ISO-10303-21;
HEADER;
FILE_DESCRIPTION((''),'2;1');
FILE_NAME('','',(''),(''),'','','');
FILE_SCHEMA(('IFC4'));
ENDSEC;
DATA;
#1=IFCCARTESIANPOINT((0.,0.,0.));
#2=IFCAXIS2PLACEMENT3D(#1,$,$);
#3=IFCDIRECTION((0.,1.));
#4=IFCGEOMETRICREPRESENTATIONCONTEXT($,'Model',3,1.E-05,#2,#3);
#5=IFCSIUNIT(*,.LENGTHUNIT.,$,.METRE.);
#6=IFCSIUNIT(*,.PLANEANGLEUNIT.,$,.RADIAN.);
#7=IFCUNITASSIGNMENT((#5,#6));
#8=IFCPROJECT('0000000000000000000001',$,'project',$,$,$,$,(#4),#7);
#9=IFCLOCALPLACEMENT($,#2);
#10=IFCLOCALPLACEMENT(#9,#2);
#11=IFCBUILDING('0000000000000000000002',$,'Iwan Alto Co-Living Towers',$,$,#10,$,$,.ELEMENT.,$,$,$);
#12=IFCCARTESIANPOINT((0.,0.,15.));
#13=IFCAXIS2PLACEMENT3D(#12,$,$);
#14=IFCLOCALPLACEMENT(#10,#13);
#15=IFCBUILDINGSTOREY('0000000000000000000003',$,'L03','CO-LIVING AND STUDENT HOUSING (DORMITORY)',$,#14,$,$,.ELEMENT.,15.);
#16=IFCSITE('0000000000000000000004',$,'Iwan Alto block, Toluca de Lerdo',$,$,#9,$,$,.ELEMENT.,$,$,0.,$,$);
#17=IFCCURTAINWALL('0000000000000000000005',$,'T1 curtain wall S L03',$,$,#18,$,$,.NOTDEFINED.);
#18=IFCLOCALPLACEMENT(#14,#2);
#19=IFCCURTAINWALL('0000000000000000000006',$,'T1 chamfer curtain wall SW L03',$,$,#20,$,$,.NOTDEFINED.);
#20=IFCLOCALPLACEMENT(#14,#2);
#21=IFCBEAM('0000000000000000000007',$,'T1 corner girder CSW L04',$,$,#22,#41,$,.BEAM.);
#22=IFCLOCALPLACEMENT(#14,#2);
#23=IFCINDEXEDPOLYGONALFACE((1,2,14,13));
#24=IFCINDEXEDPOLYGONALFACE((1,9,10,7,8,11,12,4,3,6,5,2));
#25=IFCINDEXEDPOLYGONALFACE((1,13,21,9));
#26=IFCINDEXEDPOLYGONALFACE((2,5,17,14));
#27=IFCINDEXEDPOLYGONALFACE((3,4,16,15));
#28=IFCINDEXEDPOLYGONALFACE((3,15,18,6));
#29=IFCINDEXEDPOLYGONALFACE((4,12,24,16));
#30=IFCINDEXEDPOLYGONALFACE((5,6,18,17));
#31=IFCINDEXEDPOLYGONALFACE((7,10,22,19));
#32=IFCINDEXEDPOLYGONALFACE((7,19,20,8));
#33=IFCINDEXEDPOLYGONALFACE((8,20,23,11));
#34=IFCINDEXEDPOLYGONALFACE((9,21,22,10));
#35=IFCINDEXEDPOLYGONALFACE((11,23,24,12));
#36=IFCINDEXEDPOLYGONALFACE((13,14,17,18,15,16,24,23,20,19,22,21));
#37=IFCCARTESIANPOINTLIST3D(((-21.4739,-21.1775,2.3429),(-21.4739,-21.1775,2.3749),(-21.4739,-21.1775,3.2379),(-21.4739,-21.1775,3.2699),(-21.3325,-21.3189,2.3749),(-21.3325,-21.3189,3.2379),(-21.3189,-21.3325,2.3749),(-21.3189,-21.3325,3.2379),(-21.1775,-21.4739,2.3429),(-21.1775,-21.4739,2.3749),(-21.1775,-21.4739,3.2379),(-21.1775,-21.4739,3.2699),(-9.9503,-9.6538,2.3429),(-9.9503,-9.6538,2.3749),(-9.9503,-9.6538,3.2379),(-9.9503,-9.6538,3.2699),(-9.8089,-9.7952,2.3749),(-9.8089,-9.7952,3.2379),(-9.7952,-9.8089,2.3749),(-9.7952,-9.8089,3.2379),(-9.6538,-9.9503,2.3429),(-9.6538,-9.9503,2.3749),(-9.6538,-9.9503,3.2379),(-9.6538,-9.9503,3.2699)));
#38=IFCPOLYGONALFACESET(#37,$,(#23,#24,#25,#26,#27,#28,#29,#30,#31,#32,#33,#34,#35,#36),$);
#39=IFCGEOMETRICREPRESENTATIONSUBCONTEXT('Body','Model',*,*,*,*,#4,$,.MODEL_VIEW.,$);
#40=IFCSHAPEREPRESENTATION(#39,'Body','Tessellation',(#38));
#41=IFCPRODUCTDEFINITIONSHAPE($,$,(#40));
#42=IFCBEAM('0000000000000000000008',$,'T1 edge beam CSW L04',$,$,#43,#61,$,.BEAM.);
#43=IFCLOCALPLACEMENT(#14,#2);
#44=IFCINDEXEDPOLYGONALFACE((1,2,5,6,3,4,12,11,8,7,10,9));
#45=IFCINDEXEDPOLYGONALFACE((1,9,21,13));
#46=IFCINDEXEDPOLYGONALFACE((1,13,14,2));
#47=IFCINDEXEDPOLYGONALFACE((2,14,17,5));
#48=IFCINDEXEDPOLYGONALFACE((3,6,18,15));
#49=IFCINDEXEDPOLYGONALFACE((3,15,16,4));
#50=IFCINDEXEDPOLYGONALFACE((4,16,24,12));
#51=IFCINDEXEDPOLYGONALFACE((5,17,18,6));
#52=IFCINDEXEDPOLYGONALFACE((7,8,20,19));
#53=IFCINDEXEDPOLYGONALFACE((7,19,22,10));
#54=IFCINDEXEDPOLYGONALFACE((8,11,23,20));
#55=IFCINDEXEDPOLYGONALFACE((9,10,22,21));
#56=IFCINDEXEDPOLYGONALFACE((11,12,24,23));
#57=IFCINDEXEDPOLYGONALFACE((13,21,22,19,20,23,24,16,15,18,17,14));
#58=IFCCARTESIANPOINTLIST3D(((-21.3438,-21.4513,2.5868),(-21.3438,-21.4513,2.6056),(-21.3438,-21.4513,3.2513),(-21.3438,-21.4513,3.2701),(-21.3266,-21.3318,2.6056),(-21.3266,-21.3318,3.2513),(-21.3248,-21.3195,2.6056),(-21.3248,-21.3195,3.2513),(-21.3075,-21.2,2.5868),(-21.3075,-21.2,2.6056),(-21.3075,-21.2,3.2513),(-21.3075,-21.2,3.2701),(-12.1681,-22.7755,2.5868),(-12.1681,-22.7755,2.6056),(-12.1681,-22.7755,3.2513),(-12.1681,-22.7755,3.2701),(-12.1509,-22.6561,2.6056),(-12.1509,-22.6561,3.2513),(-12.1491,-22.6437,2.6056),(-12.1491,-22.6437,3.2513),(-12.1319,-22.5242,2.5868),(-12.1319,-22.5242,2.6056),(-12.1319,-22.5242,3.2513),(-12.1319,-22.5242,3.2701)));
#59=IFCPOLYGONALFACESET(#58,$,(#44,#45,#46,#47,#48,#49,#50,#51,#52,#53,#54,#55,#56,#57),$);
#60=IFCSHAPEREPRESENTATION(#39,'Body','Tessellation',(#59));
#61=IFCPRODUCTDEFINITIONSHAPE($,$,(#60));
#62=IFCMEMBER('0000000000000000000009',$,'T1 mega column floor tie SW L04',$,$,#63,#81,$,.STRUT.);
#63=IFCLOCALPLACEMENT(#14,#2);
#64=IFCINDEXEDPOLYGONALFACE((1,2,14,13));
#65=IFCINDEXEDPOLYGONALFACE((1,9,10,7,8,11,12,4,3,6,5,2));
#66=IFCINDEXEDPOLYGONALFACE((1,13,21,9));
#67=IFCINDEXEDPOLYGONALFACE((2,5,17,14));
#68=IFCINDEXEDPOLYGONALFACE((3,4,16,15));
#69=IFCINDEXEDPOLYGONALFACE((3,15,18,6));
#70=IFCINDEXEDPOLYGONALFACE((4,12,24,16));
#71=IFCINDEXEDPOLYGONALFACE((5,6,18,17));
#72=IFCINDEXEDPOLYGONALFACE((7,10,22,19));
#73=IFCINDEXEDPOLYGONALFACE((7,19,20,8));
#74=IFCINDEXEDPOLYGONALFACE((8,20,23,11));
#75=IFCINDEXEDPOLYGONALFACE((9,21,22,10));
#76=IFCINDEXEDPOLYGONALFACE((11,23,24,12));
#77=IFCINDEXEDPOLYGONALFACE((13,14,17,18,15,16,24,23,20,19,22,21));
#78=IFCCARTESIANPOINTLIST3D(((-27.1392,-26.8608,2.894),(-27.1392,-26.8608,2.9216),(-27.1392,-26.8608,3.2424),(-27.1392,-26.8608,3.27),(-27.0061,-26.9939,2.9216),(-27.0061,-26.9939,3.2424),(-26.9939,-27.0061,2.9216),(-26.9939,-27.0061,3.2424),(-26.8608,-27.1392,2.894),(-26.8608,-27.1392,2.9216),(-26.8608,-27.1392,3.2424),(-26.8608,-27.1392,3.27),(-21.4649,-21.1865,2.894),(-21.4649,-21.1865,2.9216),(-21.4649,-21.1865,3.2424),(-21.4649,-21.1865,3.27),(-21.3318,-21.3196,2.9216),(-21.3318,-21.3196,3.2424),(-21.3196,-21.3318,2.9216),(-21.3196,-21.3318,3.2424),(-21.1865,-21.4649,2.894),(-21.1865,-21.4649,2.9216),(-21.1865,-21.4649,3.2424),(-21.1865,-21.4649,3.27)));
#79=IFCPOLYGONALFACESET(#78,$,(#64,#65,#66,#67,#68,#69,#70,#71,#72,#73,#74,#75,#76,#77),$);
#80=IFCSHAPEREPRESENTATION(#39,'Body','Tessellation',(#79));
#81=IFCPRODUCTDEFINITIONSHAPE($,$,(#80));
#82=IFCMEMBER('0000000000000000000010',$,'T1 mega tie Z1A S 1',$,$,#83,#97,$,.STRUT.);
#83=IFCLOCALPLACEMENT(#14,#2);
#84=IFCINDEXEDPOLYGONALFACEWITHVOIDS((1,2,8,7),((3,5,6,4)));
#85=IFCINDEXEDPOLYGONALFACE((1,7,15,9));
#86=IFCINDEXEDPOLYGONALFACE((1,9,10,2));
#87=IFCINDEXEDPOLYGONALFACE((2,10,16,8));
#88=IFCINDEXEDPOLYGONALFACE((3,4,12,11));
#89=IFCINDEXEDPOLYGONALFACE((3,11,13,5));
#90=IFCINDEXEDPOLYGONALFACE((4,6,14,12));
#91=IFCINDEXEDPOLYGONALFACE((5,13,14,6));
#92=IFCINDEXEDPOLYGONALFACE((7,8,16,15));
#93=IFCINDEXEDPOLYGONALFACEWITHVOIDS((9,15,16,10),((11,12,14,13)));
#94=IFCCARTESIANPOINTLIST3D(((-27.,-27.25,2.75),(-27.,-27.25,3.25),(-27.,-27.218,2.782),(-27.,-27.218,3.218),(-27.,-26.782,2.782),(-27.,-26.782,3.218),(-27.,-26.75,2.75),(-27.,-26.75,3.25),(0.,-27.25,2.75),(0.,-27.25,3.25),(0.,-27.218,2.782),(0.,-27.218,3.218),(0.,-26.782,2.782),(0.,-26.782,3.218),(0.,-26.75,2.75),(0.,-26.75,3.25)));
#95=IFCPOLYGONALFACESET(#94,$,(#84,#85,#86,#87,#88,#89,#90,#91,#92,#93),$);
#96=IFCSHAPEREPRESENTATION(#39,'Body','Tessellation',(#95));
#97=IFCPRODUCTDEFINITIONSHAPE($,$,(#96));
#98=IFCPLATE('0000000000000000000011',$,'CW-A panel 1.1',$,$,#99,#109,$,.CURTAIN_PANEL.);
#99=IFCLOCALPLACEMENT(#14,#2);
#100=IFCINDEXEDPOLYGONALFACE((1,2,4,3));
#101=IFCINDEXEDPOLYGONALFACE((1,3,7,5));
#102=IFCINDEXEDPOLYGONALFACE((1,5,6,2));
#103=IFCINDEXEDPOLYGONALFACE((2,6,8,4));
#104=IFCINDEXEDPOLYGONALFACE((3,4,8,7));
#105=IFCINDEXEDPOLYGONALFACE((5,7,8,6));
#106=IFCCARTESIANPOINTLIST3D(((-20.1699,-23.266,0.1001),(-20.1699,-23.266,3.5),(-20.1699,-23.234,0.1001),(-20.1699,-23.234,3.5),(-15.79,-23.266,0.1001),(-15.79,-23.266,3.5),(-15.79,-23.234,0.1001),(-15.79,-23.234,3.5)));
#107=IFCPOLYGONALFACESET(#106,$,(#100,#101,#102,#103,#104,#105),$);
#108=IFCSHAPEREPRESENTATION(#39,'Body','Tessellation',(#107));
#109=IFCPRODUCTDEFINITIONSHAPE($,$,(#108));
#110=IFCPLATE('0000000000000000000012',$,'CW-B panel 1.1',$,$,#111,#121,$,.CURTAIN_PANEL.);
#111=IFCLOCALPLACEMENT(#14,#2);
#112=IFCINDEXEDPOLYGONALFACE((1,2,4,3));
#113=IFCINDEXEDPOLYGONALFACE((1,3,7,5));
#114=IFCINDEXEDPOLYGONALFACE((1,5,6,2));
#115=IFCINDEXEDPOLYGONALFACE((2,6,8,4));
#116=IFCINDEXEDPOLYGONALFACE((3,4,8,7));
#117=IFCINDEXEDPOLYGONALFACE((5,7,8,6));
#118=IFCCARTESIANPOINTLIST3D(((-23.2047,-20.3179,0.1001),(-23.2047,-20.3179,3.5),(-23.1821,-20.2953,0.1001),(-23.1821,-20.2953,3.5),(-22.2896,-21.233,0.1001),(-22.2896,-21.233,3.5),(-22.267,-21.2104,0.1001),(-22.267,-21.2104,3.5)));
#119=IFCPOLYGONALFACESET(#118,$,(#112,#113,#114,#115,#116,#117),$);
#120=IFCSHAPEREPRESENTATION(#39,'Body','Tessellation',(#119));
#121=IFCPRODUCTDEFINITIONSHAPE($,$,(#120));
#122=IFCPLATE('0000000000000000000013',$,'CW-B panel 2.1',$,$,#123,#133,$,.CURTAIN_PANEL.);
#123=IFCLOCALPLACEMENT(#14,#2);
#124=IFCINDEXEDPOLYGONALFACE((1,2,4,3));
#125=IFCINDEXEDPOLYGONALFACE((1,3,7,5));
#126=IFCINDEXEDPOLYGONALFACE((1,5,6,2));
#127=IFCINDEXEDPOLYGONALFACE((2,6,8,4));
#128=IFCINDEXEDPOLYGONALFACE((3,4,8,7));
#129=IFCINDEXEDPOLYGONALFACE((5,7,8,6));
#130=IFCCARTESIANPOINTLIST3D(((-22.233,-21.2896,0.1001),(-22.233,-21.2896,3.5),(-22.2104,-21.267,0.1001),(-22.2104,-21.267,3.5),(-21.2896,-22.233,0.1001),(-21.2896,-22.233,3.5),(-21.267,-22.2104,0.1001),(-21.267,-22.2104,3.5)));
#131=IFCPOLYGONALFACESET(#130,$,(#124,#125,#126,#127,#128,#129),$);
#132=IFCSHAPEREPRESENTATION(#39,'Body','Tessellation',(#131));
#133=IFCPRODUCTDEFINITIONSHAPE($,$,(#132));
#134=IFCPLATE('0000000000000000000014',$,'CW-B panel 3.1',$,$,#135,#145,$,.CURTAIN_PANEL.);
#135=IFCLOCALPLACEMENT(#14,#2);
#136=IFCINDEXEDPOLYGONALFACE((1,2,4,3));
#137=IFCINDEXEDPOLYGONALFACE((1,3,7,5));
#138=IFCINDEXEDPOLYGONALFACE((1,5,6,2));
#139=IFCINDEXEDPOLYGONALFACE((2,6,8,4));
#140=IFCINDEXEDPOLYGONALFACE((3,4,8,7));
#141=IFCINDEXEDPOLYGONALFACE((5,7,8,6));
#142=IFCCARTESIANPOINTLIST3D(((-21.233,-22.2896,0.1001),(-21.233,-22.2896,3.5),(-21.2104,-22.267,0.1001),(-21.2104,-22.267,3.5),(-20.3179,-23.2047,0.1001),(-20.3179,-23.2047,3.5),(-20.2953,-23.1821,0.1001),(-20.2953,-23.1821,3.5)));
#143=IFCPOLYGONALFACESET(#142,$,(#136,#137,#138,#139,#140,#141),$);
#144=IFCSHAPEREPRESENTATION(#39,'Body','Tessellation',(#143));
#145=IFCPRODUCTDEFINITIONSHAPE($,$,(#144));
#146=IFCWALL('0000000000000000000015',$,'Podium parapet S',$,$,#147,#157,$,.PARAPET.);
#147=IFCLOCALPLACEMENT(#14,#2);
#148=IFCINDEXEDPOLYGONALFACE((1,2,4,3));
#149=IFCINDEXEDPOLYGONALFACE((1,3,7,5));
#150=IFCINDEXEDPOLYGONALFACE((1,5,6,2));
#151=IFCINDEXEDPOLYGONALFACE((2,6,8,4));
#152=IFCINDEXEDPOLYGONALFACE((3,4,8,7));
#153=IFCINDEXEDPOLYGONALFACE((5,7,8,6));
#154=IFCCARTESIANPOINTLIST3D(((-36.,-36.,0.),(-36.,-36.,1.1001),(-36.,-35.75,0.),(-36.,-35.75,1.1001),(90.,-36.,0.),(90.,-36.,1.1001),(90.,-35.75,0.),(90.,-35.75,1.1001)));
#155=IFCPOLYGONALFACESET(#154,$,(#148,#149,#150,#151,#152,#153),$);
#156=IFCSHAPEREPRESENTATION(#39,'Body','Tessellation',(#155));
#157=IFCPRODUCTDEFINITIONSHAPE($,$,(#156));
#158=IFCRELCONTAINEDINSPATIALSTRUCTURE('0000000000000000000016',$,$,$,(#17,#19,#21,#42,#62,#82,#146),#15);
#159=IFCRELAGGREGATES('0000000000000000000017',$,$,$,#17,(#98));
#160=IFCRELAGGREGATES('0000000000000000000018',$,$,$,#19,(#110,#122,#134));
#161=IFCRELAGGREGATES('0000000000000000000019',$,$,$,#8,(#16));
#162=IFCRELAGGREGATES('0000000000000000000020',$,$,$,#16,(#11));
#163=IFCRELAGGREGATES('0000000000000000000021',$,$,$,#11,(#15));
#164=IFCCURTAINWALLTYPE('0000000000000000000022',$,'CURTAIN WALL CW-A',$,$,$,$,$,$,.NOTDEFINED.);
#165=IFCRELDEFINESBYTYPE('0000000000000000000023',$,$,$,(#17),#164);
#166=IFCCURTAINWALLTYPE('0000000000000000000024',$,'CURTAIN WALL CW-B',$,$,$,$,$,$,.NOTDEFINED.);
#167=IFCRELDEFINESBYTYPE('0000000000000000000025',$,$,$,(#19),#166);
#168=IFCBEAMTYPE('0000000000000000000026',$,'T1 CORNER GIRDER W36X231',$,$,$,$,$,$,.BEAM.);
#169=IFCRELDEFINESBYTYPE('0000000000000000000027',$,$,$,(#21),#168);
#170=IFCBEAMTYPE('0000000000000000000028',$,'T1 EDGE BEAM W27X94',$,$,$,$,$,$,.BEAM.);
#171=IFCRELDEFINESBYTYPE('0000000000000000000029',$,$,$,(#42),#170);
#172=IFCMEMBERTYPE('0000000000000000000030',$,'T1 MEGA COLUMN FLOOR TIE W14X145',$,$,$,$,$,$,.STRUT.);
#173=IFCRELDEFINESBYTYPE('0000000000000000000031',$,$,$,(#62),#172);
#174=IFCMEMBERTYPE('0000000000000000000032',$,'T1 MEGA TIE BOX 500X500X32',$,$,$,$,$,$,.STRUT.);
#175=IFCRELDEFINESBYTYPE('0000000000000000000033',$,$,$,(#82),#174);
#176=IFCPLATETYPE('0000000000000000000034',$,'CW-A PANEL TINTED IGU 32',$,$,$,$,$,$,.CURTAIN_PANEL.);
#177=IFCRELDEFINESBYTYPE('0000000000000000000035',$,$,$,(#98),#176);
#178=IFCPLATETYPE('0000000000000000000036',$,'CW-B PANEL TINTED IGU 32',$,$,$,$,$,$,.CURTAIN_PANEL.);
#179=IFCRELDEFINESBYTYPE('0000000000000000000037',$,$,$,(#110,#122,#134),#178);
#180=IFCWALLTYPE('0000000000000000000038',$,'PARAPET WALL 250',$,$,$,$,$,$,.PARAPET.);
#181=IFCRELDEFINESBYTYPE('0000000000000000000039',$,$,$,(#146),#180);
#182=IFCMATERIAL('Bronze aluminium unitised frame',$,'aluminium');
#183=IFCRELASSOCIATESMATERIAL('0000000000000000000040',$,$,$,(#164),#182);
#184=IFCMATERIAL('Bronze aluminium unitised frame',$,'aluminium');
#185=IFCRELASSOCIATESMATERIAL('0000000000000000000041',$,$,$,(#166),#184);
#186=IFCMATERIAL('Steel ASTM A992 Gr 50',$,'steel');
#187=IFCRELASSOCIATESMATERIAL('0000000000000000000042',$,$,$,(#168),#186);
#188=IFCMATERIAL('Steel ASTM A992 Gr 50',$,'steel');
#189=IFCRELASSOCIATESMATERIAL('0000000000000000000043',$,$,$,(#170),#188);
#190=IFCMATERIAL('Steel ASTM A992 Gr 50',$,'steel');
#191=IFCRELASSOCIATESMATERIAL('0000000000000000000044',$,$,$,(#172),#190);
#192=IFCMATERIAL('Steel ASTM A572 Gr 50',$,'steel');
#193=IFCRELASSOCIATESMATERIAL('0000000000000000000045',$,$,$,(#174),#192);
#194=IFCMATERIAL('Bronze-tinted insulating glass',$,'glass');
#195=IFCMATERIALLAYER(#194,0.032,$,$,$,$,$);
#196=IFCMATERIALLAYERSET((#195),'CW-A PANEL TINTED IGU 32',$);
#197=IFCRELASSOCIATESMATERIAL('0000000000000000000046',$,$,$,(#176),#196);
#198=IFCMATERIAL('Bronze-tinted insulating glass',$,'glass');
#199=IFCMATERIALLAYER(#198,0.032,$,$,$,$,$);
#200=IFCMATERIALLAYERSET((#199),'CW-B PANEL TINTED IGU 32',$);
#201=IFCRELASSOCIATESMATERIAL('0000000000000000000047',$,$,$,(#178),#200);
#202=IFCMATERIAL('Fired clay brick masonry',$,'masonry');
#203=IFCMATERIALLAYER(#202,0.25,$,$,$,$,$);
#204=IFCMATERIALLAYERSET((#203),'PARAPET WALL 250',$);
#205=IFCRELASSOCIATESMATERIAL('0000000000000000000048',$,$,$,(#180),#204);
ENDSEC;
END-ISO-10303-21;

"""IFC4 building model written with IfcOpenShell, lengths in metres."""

from ifc_helpers import new_model, si_unit, direction, frame, frame_2d, origin, origin_2d, place, context, subcontext, project, spatial, rectangle, hollow_rectangle, i_section, extrude, material, layer, layer_set, material_profile, profile_set, type_object, element, aggregate, save


model = new_model("IFC4")

# Units and contexts
model_context = context("Model", 3, precision=1e-05, world=origin(), true_north=direction((0.0, 1.0)))
body_context = subcontext(model_context, "Body", "Model", "MODEL_VIEW")
ifc_project = project(units=[si_unit("LENGTHUNIT", "METRE"), si_unit("PLANEANGLEUNIT", "RADIAN")], contexts=[model_context])

# Site, building, storey
site_placement = place(None, origin())
site = spatial("IfcSite", under=ifc_project, at=site_placement, Name="Iwan Alto block, Toluca de Lerdo", CompositionType="ELEMENT", RefElevation=0.0)
building_placement = place(site_placement, origin())
building = spatial("IfcBuilding", under=site, at=building_placement, Name="Iwan Alto Co-Living Towers", CompositionType="ELEMENT")
storey_placement = place(building_placement, frame((0.0, 0.0, 15.0)))
storey = spatial("IfcBuildingStorey", under=building, at=storey_placement, Name="L03", Description="CO-LIVING AND STUDENT HOUSING (DORMITORY)", CompositionType="ELEMENT", Elevation=15.0)

# Curtain walls
ifc_material_1 = material(Name="Bronze aluminium unitised frame", Category="aluminium")
curtain_wall_type_1 = type_object("IfcCurtainWallType", Name="CURTAIN WALL CW-A", PredefinedType="NOTDEFINED", material=ifc_material_1)
curtain_wall_1_placement = place(storey_placement, origin())
curtain_wall_1 = element("IfcCurtainWall", 1, at=curtain_wall_1_placement, inside=storey, type_object=curtain_wall_type_1, Name="T1 curtain wall S L03", PredefinedType="NOTDEFINED")
ifc_material_2 = material(Name="Bronze aluminium unitised frame", Category="aluminium")
curtain_wall_type_2 = type_object("IfcCurtainWallType", Name="CURTAIN WALL CW-B", PredefinedType="NOTDEFINED", material=ifc_material_2)
curtain_wall_2_placement = place(storey_placement, origin())
curtain_wall_2 = element("IfcCurtainWall", 2, at=curtain_wall_2_placement, inside=storey, type_object=curtain_wall_type_2, Name="T1 chamfer curtain wall SW L03", PredefinedType="NOTDEFINED")

# Beams
ifc_material_3 = material(Name="Steel ASTM A992 Gr 50", Category="steel")
ifc_material_profile_1 = material_profile(ifc_material_3, i_section(OverallWidth=0.4192, OverallDepth=0.927, WebThickness=0.0193, FlangeThickness=0.032, at=origin_2d()), Name="W36X231")
ifc_profile_set_1 = profile_set([ifc_material_profile_1], Name="Steel ASTM A992 Gr 50")
beam_type_1 = type_object("IfcBeamType", Name="T1 CORNER GIRDER W36X231", PredefinedType="BEAM", material=ifc_profile_set_1)
beam_1_placement = place(storey_placement, frame((-21.3257, -21.3257, 2.8064), z_axis=(0.707107, 0.707107, 0.0), x_axis=(-0.707107, 0.707107, 0.0)))
element("IfcBeam", 3, at=beam_1_placement, inside=storey, type_object=beam_type_1, Name="T1 corner girder CSW L04", PredefinedType="BEAM", context=body_context, shape_type="SweptSolid", body=[
    extrude(i_section(OverallWidth=0.4192, OverallDepth=0.927, WebThickness=0.0193, FlangeThickness=0.032, at=origin_2d()), origin(), (0.0, 0.0, 1.0), 16.2969),
])
ifc_material_4 = material(Name="Steel ASTM A992 Gr 50", Category="steel")
ifc_material_profile_2 = material_profile(ifc_material_4, i_section(OverallWidth=0.2539, OverallDepth=0.6833, WebThickness=0.0125, FlangeThickness=0.0188, at=origin_2d()), Name="W27X94")
ifc_profile_set_2 = profile_set([ifc_material_profile_2], Name="Steel ASTM A992 Gr 50")
beam_type_2 = type_object("IfcBeamType", Name="T1 EDGE BEAM W27X94", PredefinedType="BEAM", material=ifc_profile_set_2)
beam_2_placement = place(storey_placement, frame((-21.3257, -21.3257, 2.9285), z_axis=(0.989746, -0.142837, 0.0), x_axis=(0.142837, 0.989746, 0.0)))
element("IfcBeam", 4, at=beam_2_placement, inside=storey, type_object=beam_type_2, Name="T1 edge beam CSW L04", PredefinedType="BEAM", context=body_context, shape_type="SweptSolid", body=[
    extrude(i_section(OverallWidth=0.2539, OverallDepth=0.6833, WebThickness=0.0125, FlangeThickness=0.0188, at=origin_2d()), origin(), (0.0, 0.0, 1.0), 9.2708),
])

# Members
ifc_material_5 = material(Name="Steel ASTM A992 Gr 50", Category="steel")
ifc_material_profile_3 = material_profile(ifc_material_5, i_section(OverallWidth=0.3938, OverallDepth=0.376, WebThickness=0.0173, FlangeThickness=0.0276, at=origin_2d()), Name="W14X145")
ifc_profile_set_3 = profile_set([ifc_material_profile_3], Name="Steel ASTM A992 Gr 50")
member_type_1 = type_object("IfcMemberType", Name="T1 MEGA COLUMN FLOOR TIE W14X145", PredefinedType="STRUT", material=ifc_profile_set_3)
member_1_placement = place(storey_placement, frame((-27.0, -27.0, 3.082), z_axis=(0.707107, 0.707107, 0.0), x_axis=(-0.707107, 0.707107, 0.0)))
element("IfcMember", 5, at=member_1_placement, inside=storey, type_object=member_type_1, Name="T1 mega column floor tie SW L04", PredefinedType="STRUT", context=body_context, shape_type="SweptSolid", body=[
    extrude(i_section(OverallWidth=0.3938, OverallDepth=0.376, WebThickness=0.0173, FlangeThickness=0.0276, at=origin_2d()), origin(), (0.0, 0.0, 1.0), 8.0247),
])
ifc_material_6 = material(Name="Steel ASTM A572 Gr 50", Category="steel")
ifc_material_profile_4 = material_profile(ifc_material_6, hollow_rectangle(XDim=0.5, YDim=0.5, WallThickness=0.032, at=origin_2d()), Name="BOX 500X500X32")
ifc_profile_set_4 = profile_set([ifc_material_profile_4], Name="Steel ASTM A572 Gr 50")
member_type_2 = type_object("IfcMemberType", Name="T1 MEGA TIE BOX 500X500X32", PredefinedType="STRUT", material=ifc_profile_set_4)
member_2_placement = place(storey_placement, frame((-27.0, -27.0, 3.0), z_axis=(1.0, 0.0, 0.0), x_axis=(0.0, 1.0, 0.0)))
element("IfcMember", 6, at=member_2_placement, inside=storey, type_object=member_type_2, Name="T1 mega tie Z1A S 1", PredefinedType="STRUT", context=body_context, shape_type="SweptSolid", body=[
    extrude(hollow_rectangle(XDim=0.5, YDim=0.5, WallThickness=0.032, at=origin_2d()), origin(), (0.0, 0.0, 1.0), 27.0),
])

# Plates
ifc_material_7 = material(Name="Bronze-tinted insulating glass", Category="glass")
ifc_layer_1 = layer(ifc_material_7, 0.032)
ifc_layer_set_1 = layer_set([ifc_layer_1], Name="CW-A PANEL TINTED IGU 32")
plate_type_1 = type_object("IfcPlateType", Name="CW-A PANEL TINTED IGU 32", PredefinedType="CURTAIN_PANEL", material=ifc_layer_set_1)
plate_1_placement = place(storey_placement, frame((-17.98, -23.25, 0.1001), z_axis=(0.0, 0.0, 1.0), x_axis=(1.0, 0.0, 0.0)))
plate_1 = element("IfcPlate", 7, at=plate_1_placement, type_object=plate_type_1, Name="CW-A panel 1.1", PredefinedType="CURTAIN_PANEL", context=body_context, shape_type="SweptSolid", body=[
    extrude(rectangle(XDim=4.3799, YDim=0.032, at=origin_2d()), origin(), (0.0, 0.0, 1.0), 3.3999),
])
aggregate(curtain_wall_1, [plate_1])
ifc_material_8 = material(Name="Bronze-tinted insulating glass", Category="glass")
ifc_layer_2 = layer(ifc_material_8, 0.032)
ifc_layer_set_2 = layer_set([ifc_layer_2], Name="CW-B PANEL TINTED IGU 32")
plate_type_2 = type_object("IfcPlateType", Name="CW-B PANEL TINTED IGU 32", PredefinedType="CURTAIN_PANEL", material=ifc_layer_set_2)
plate_2_placement = place(storey_placement, frame((-22.7358, -20.7642, 0.1001), z_axis=(0.0, 0.0, 1.0), x_axis=(0.707107, -0.707107, 0.0)))
plate_2 = element("IfcPlate", 8, at=plate_2_placement, type_object=plate_type_2, Name="CW-B panel 1.1", PredefinedType="CURTAIN_PANEL", context=body_context, shape_type="SweptSolid", body=[
    extrude(rectangle(XDim=1.2942, YDim=0.032, at=origin_2d()), origin(), (0.0, 0.0, 1.0), 3.3999),
])
plate_3_placement = place(storey_placement, frame((-21.75, -21.75, 0.1001), z_axis=(0.0, 0.0, 1.0), x_axis=(0.707107, -0.707107, 0.0)))
plate_3 = element("IfcPlate", 9, at=plate_3_placement, type_object=plate_type_2, Name="CW-B panel 2.1", PredefinedType="CURTAIN_PANEL", context=body_context, shape_type="SweptSolid", body=[
    extrude(rectangle(XDim=1.3342, YDim=0.032, at=origin_2d()), origin(), (0.0, 0.0, 1.0), 3.3999),
])
plate_4_placement = place(storey_placement, frame((-20.7642, -22.7358, 0.1001), z_axis=(0.0, 0.0, 1.0), x_axis=(0.707107, -0.707107, 0.0)))
plate_4 = element("IfcPlate", 10, at=plate_4_placement, type_object=plate_type_2, Name="CW-B panel 3.1", PredefinedType="CURTAIN_PANEL", context=body_context, shape_type="SweptSolid", body=[
    extrude(rectangle(XDim=1.2942, YDim=0.032, at=origin_2d()), origin(), (0.0, 0.0, 1.0), 3.3999),
])
aggregate(curtain_wall_2, [plate_2, plate_3, plate_4])

# Wall
ifc_material_9 = material(Name="Fired clay brick masonry", Category="masonry")
ifc_layer_3 = layer(ifc_material_9, 0.25)
ifc_layer_set_3 = layer_set([ifc_layer_3], Name="PARAPET WALL 250")
wall_type_1 = type_object("IfcWallType", Name="PARAPET WALL 250", PredefinedType="PARAPET", material=ifc_layer_set_3)
wall_1_placement = place(storey_placement, frame((-36.0, -35.875, 0.0), z_axis=(0.0, 0.0, 1.0), x_axis=(1.0, 0.0, 0.0)))
element("IfcWall", 11, at=wall_1_placement, inside=storey, type_object=wall_type_1, Name="Podium parapet S", PredefinedType="PARAPET", context=body_context, shape_type="SweptSolid", body=[
    extrude(rectangle(XDim=126.0, YDim=0.25, at=frame_2d((63.0, 0.0))), origin(), (0.0, 0.0, 1.0), 1.1001),
])

save(model, "model.ifc")
